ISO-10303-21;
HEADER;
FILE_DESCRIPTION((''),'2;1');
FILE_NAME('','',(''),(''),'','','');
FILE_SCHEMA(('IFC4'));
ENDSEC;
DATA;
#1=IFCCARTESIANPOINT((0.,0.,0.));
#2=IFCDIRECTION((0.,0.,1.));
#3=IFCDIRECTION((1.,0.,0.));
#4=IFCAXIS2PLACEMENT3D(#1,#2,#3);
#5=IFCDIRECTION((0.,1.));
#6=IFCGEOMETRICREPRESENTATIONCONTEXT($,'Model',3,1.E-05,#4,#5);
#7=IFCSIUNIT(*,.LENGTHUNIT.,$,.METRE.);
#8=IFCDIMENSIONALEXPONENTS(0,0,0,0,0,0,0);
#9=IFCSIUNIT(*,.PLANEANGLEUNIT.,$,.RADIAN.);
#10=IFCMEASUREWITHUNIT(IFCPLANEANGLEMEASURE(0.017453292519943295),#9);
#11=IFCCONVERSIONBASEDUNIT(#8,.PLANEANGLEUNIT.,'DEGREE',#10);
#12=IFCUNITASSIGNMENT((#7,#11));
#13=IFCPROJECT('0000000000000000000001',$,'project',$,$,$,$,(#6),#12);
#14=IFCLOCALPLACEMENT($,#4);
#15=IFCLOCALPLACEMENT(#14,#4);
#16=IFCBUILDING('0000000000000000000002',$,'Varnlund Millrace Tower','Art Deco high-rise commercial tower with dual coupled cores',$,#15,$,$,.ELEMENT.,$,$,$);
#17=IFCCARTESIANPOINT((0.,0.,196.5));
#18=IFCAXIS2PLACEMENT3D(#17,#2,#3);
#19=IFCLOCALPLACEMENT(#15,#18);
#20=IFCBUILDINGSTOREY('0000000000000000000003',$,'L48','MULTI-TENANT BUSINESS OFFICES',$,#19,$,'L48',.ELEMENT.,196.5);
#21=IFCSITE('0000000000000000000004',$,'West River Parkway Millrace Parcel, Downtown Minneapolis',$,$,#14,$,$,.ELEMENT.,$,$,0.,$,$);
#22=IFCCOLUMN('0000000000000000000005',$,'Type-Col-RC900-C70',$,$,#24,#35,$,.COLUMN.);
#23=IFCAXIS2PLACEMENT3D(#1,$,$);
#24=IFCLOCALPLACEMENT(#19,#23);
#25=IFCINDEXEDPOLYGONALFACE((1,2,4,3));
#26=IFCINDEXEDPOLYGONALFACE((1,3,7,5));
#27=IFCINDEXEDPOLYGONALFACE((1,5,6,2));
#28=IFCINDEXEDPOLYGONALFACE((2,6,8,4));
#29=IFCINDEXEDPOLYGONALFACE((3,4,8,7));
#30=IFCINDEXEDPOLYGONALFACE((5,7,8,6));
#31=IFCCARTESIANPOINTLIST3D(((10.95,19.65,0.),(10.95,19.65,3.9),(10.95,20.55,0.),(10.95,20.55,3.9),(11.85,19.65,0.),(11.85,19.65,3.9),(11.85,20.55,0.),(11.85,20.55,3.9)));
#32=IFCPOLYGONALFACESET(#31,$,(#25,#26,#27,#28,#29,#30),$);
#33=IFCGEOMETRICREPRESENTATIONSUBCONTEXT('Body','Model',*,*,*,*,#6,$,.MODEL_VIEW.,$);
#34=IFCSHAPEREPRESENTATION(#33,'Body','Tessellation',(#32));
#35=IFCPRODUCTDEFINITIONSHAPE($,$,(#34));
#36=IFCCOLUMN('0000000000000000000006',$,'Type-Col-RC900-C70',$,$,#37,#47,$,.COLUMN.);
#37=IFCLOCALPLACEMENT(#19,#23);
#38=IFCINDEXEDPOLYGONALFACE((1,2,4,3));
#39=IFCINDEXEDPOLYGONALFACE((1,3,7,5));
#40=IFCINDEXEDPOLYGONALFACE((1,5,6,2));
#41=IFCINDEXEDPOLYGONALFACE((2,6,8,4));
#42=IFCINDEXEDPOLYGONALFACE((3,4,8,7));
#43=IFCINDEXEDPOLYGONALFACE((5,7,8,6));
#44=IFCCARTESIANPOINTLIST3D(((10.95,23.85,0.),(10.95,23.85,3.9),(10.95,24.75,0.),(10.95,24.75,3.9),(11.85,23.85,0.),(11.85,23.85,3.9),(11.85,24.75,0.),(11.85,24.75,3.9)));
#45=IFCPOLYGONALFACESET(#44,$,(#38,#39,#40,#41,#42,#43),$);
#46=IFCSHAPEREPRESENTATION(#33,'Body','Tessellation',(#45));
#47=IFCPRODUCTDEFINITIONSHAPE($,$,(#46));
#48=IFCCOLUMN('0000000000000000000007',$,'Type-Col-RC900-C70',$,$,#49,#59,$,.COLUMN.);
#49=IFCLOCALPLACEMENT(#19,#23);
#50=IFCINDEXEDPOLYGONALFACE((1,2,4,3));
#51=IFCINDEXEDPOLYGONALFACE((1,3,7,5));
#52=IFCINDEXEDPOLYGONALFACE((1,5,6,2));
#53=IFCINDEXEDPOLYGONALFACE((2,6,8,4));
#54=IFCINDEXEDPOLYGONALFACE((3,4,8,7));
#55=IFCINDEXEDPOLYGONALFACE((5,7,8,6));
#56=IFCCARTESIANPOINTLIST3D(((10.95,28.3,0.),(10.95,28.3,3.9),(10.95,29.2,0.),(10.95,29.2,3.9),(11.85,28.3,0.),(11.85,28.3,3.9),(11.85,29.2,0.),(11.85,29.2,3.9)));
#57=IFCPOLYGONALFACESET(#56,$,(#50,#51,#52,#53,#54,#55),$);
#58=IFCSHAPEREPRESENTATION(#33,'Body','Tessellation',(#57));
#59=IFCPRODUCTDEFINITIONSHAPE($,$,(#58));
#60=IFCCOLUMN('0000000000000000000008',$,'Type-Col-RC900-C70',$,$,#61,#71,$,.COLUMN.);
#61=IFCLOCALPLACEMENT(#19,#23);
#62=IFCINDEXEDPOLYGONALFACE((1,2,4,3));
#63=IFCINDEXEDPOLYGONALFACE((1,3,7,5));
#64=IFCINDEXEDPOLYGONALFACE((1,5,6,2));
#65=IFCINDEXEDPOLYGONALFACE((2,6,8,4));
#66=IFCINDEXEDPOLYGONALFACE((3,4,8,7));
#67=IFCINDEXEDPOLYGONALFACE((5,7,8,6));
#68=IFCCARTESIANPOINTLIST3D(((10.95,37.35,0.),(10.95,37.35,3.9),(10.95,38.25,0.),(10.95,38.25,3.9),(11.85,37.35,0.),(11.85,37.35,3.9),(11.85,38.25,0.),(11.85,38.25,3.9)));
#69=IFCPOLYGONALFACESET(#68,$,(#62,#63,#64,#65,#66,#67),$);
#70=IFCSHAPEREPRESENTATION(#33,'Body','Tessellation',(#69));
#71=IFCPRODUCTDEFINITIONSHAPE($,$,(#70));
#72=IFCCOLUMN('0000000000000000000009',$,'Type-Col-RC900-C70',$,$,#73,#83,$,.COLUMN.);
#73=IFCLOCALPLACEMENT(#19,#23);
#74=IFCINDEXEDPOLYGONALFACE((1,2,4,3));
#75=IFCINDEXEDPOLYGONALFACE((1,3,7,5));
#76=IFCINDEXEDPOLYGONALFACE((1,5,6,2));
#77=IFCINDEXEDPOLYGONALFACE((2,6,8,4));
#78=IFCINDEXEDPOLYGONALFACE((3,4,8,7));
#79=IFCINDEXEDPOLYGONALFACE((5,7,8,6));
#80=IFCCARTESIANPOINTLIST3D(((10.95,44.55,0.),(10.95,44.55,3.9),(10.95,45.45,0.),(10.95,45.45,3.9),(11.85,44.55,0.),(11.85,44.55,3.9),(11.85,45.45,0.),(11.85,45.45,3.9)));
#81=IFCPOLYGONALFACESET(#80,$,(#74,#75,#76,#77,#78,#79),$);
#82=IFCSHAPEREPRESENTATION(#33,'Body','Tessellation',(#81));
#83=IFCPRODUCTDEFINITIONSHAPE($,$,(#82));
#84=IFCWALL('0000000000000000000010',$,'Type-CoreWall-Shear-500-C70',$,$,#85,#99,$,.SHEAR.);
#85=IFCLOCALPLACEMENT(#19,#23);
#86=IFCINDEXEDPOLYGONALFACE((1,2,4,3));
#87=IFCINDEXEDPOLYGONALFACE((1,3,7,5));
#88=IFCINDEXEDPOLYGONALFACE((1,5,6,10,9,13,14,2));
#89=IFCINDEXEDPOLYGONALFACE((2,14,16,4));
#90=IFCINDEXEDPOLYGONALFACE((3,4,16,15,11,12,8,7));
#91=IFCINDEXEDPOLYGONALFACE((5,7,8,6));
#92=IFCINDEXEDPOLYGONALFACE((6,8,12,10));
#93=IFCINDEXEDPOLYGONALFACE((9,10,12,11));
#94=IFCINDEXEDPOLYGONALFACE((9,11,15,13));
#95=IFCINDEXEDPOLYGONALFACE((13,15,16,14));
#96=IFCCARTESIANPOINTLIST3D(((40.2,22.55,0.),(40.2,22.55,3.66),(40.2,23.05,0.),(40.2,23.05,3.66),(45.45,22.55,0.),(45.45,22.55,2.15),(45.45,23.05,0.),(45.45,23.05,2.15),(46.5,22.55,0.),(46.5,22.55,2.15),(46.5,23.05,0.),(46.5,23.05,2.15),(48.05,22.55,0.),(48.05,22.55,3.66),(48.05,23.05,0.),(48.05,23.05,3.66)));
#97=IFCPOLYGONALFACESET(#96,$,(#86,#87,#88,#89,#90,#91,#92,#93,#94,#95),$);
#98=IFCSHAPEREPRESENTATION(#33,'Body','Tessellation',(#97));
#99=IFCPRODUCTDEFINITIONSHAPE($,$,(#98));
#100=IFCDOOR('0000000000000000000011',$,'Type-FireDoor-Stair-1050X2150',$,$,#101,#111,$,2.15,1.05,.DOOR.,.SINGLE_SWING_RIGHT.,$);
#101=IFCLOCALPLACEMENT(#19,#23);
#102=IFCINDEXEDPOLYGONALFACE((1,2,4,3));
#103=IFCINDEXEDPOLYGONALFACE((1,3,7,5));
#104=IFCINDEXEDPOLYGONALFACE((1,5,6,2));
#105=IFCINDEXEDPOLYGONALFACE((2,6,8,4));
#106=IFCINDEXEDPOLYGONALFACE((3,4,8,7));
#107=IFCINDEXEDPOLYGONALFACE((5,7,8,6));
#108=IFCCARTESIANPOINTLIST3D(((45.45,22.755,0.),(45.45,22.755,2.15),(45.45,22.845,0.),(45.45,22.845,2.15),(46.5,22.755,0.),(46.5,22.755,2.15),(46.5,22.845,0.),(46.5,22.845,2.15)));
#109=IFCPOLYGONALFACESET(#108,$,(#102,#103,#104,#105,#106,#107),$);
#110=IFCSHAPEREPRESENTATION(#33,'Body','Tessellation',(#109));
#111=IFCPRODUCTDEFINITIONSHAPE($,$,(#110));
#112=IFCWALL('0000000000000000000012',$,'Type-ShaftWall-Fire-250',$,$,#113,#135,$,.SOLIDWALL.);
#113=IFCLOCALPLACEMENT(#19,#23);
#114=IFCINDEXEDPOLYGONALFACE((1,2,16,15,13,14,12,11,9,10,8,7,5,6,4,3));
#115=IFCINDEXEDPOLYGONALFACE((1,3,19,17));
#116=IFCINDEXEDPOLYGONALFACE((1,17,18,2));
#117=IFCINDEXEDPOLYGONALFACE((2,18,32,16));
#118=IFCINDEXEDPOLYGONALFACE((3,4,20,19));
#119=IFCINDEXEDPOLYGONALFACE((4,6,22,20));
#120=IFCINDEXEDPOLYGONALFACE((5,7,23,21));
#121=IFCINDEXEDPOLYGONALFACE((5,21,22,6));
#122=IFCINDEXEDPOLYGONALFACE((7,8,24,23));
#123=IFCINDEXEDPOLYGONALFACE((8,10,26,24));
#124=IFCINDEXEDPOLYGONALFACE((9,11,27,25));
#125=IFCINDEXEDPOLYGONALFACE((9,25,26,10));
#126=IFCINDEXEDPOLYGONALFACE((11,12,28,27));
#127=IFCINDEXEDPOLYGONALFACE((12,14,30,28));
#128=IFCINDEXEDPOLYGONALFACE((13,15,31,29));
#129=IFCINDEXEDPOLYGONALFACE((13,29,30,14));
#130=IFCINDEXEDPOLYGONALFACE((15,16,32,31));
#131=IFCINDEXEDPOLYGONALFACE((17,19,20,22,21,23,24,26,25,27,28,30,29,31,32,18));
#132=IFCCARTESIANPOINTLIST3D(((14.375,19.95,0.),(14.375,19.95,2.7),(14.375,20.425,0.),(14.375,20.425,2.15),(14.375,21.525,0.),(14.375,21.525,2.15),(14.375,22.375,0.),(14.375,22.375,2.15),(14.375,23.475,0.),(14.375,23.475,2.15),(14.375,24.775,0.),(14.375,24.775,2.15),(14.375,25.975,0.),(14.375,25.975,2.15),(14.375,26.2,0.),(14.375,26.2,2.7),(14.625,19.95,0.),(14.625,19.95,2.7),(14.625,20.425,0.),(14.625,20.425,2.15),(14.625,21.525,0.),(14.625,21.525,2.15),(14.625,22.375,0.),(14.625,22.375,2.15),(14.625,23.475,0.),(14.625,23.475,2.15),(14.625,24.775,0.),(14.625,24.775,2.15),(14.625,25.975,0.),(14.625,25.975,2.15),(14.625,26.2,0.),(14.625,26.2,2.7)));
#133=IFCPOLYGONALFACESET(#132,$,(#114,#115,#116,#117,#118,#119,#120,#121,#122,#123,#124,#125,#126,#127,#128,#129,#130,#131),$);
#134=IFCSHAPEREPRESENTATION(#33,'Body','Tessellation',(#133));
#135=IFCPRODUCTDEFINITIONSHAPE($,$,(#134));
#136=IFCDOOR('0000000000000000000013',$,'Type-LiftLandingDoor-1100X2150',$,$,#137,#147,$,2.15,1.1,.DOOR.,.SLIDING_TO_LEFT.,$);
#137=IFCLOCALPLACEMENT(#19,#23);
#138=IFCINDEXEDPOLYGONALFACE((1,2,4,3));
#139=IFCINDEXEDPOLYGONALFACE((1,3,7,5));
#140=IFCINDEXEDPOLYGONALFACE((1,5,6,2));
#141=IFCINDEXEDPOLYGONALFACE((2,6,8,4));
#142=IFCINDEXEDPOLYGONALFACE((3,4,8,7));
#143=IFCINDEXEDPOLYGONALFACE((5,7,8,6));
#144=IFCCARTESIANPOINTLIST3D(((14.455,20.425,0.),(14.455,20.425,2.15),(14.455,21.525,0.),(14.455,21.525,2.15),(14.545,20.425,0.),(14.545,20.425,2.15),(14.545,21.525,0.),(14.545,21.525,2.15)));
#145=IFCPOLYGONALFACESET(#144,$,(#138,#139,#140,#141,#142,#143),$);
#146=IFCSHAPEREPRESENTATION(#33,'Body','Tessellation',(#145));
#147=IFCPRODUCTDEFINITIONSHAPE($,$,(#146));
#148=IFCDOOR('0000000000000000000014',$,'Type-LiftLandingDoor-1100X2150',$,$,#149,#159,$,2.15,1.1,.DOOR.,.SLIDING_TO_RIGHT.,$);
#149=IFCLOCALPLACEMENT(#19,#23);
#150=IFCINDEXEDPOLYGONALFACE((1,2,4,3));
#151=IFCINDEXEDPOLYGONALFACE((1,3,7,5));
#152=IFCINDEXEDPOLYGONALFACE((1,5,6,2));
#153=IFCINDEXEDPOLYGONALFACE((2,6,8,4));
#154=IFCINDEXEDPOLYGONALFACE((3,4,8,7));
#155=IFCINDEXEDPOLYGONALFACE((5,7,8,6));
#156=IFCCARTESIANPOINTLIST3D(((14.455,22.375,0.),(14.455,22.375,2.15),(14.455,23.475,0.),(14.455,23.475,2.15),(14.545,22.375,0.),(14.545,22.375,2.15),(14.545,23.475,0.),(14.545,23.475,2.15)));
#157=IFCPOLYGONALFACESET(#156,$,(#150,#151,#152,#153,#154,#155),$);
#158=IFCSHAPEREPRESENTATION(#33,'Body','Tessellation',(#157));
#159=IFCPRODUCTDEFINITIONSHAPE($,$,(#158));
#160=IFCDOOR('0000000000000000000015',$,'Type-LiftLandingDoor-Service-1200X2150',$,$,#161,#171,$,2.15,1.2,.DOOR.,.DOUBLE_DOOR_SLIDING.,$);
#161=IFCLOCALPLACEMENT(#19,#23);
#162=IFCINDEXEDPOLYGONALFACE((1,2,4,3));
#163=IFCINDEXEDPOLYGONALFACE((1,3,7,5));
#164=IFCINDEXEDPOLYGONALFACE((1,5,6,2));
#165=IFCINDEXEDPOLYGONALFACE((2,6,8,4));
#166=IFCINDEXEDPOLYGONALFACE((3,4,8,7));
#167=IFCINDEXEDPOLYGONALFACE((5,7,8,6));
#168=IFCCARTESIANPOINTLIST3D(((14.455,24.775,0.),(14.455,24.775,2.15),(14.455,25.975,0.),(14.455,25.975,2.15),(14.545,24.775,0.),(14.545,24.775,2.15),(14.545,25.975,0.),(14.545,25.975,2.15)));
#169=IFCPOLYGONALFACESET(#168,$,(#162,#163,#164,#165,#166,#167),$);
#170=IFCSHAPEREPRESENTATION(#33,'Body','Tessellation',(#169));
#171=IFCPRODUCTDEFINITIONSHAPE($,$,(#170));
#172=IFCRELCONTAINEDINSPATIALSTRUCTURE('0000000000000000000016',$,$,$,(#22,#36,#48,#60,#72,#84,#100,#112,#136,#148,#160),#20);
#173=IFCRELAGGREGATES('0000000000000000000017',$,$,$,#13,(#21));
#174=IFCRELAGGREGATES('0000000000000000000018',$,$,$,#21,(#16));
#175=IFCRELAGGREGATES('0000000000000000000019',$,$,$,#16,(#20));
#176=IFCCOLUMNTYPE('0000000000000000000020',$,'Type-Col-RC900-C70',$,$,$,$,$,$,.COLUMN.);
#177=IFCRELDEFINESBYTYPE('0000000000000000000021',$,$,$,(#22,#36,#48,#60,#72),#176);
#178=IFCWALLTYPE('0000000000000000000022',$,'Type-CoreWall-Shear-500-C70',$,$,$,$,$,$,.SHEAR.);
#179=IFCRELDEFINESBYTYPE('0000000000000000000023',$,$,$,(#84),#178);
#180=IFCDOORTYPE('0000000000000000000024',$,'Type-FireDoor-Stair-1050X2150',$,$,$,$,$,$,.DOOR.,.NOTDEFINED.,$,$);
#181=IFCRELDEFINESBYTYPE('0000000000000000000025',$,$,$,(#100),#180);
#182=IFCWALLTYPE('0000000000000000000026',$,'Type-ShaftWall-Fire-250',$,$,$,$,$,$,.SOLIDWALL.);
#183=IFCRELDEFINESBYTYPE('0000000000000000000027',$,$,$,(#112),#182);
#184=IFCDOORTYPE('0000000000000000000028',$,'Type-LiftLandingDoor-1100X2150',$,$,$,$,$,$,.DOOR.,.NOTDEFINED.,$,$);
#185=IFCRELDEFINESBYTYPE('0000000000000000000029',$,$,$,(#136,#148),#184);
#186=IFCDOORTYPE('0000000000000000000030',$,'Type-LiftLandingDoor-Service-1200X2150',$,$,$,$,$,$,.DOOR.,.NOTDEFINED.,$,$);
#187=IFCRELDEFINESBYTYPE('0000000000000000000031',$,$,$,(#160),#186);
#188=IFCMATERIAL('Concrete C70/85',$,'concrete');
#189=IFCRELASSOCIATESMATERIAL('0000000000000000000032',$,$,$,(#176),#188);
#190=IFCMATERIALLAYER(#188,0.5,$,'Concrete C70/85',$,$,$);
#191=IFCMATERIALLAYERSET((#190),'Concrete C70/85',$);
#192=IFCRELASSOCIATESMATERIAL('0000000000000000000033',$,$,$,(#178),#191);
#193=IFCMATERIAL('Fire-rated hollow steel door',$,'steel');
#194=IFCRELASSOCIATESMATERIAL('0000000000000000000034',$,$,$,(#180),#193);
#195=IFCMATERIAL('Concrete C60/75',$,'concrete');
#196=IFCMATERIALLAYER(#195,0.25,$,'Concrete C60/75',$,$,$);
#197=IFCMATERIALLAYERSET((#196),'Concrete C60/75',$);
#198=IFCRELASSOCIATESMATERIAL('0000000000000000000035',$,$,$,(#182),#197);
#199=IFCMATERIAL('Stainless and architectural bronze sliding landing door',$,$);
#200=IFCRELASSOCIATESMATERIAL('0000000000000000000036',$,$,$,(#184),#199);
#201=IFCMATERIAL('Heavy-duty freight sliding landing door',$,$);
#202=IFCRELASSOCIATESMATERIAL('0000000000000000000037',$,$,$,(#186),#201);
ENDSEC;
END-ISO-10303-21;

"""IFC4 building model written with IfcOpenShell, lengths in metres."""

from ifc_helpers import new_model, entity, si_unit, converted_unit, direction, frame, origin_with_axes, origin_2d_with_axis, place, context, subcontext, project, spatial, polyline, rectangle, outline, extrude, material, layer, layer_set, material_profile, profile_set, type_object, element, fill, save


model = new_model("IFC4")

# Units and contexts
model_context = context("Model", 3, precision=1e-05, world=origin_with_axes(), true_north=direction((0.0, 1.0)))
body_context = subcontext(model_context, "Body", "Model", "MODEL_VIEW")
ifc_project = project(units=[si_unit("LENGTHUNIT", "METRE"), converted_unit("PLANEANGLEUNIT", "DEGREE", entity("IfcPlaneAngleMeasure", 0.017453292519943295), si_unit("PLANEANGLEUNIT", "RADIAN"), dimensions=[0, 0, 0, 0, 0, 0, 0])], contexts=[model_context])

# Site, building, storey
site_placement = place(None, origin_with_axes())
site = spatial("IfcSite", under=ifc_project, at=site_placement, Name="West River Parkway Millrace Parcel, Downtown Minneapolis", CompositionType="ELEMENT", RefElevation=0.0)
building_placement = place(site_placement, origin_with_axes())
building = spatial("IfcBuilding", under=site, at=building_placement, Name="Varnlund Millrace Tower", Description="Art Deco high-rise commercial tower with dual coupled cores", CompositionType="ELEMENT")
storey_placement = place(building_placement, frame((0.0, 0.0, 196.5), z_axis=(0.0, 0.0, 1.0), x_axis=(1.0, 0.0, 0.0)))
storey = spatial("IfcBuildingStorey", under=building, at=storey_placement, Name="L48", Description="MULTI-TENANT BUSINESS OFFICES", LongName="L48", CompositionType="ELEMENT", Elevation=196.5)

# Columns
ifc_material_1 = material(Name="Concrete C70/85", Category="concrete")
ifc_material_profile = material_profile(ifc_material_1, rectangle(XDim=0.9, YDim=0.9, at=origin_2d_with_axis()), Name="Concrete C70/85")
ifc_profile_set = profile_set([ifc_material_profile], Name="Concrete C70/85")
column_type = type_object("IfcColumnType", Name="Type-Col-RC900-C70", PredefinedType="COLUMN", material=ifc_profile_set)
for number, where, z_axis, x_axis, name in (
    (1, (11.4, 20.1, 0.0), (0.0, 0.0, 1.0), (1.0, 0.0, 0.0), "Type-Col-RC900-C70"),
    (2, (11.4, 24.3, 0.0), (0.0, 0.0, 1.0), (1.0, 0.0, 0.0), "Type-Col-RC900-C70"),
    (3, (11.4, 28.75, 0.0), (0.0, 0.0, 1.0), (1.0, 0.0, 0.0), "Type-Col-RC900-C70"),
    (4, (11.4, 37.8, 0.0), (0.0, 0.0, 1.0), (1.0, 0.0, 0.0), "Type-Col-RC900-C70"),
    (5, (11.4, 45.0, 0.0), (0.0, 0.0, 1.0), (1.0, 0.0, 0.0), "Type-Col-RC900-C70"),
):
    element("IfcColumn", number, at=place(storey_placement, frame(where, z_axis=z_axis, x_axis=x_axis)), inside=storey, type_object=column_type, Name=name, PredefinedType="COLUMN", context=body_context, shape_type="SweptSolid", body=[
        extrude(rectangle(XDim=0.9, YDim=0.9, at=origin_2d_with_axis()), origin_with_axes(), (0.0, 0.0, 1.0), 3.9),
    ])

# Wall, opening, door
ifc_layer_1 = layer(ifc_material_1, 0.5, Name="Concrete C70/85")
ifc_layer_set_1 = layer_set([ifc_layer_1], Name="Concrete C70/85")
wall_type_1 = type_object("IfcWallType", Name="Type-CoreWall-Shear-500-C70", PredefinedType="SHEAR", material=ifc_layer_set_1)
wall_1_placement = place(storey_placement, frame((40.2, 22.8, 0.0), z_axis=(0.0, 0.0, 1.0), x_axis=(1.0, 0.0, 0.0)))
wall_1 = element("IfcWall", 6, at=wall_1_placement, inside=storey, type_object=wall_type_1, Name="Type-CoreWall-Shear-500-C70", PredefinedType="SHEAR", context=body_context, shape_type="SweptSolid", body=[
    extrude(outline(polyline([(0.0, -0.25), (7.85, -0.25), (7.85, 0.25), (0.0, 0.25), (0.0, -0.25)])), origin_with_axes(), (0.0, 0.0, 1.0), 3.66),
])
opening_1_placement = place(wall_1_placement, frame((5.775, 0.0, 0.0), z_axis=(0.0, 0.0, 1.0), x_axis=(1.0, 0.0, 0.0)))
opening_1 = element("IfcOpeningElement", 7, at=opening_1_placement, cuts=wall_1, PredefinedType="OPENING", context=body_context, shape_type="SweptSolid", body=[
    extrude(rectangle(XDim=1.05, YDim=0.52, at=origin_2d_with_axis()), origin_with_axes(), (0.0, 0.0, 1.0), 2.15),
])
ifc_material_2 = material(Name="Fire-rated hollow steel door", Category="steel")
door_type_1 = type_object("IfcDoorType", Name="Type-FireDoor-Stair-1050X2150", OperationType="NOTDEFINED", PredefinedType="DOOR", material=ifc_material_2)
door_1_placement = place(wall_1_placement, frame((5.775, 0.0, 0.0), z_axis=(0.0, 0.0, 1.0), x_axis=(1.0, 0.0, 0.0)))
door_1 = element("IfcDoor", 8, at=door_1_placement, inside=storey, type_object=door_type_1, Name="Type-FireDoor-Stair-1050X2150", OperationType="SINGLE_SWING_RIGHT", OverallHeight=2.15, OverallWidth=1.05, PredefinedType="DOOR", context=body_context, shape_type="SweptSolid", body=[
    extrude(rectangle(XDim=1.05, YDim=0.09, at=origin_2d_with_axis()), origin_with_axes(), (0.0, 0.0, 1.0), 2.15),
])
fill(opening_1, door_1)

# Wall, openings, doors
ifc_material_3 = material(Name="Concrete C60/75", Category="concrete")
ifc_layer_2 = layer(ifc_material_3, 0.25, Name="Concrete C60/75")
ifc_layer_set_2 = layer_set([ifc_layer_2], Name="Concrete C60/75")
wall_type_2 = type_object("IfcWallType", Name="Type-ShaftWall-Fire-250", PredefinedType="SOLIDWALL", material=ifc_layer_set_2)
wall_2_placement = place(storey_placement, frame((14.5, 19.95, 0.0), z_axis=(0.0, 0.0, 1.0), x_axis=(0.0, 1.0, 0.0)))
wall_2 = element("IfcWall", 9, at=wall_2_placement, inside=storey, type_object=wall_type_2, Name="Type-ShaftWall-Fire-250", PredefinedType="SOLIDWALL", context=body_context, shape_type="SweptSolid", body=[
    extrude(outline(polyline([(0.0, -0.125), (6.25, -0.125), (6.25, 0.125), (0.0, 0.125), (0.0, -0.125)])), origin_with_axes(), (0.0, 0.0, 1.0), 2.7),
])
opening_2_placement = place(wall_2_placement, frame((1.025, 0.0, 0.0), z_axis=(0.0, 0.0, 1.0), x_axis=(1.0, 0.0, 0.0)))
opening_2 = element("IfcOpeningElement", 10, at=opening_2_placement, cuts=wall_2, PredefinedType="OPENING", context=body_context, shape_type="SweptSolid", body=[
    extrude(rectangle(XDim=1.1, YDim=0.27, at=origin_2d_with_axis()), origin_with_axes(), (0.0, 0.0, 1.0), 2.15),
])
opening_3_placement = place(wall_2_placement, frame((2.975, 0.0, 0.0), z_axis=(0.0, 0.0, 1.0), x_axis=(1.0, 0.0, 0.0)))
opening_3 = element("IfcOpeningElement", 11, at=opening_3_placement, cuts=wall_2, PredefinedType="OPENING", context=body_context, shape_type="SweptSolid", body=[
    extrude(rectangle(XDim=1.1, YDim=0.27, at=origin_2d_with_axis()), origin_with_axes(), (0.0, 0.0, 1.0), 2.15),
])
opening_4_placement = place(wall_2_placement, frame((5.425, 0.0, 0.0), z_axis=(0.0, 0.0, 1.0), x_axis=(1.0, 0.0, 0.0)))
opening_4 = element("IfcOpeningElement", 12, at=opening_4_placement, cuts=wall_2, PredefinedType="OPENING", context=body_context, shape_type="SweptSolid", body=[
    extrude(rectangle(XDim=1.2, YDim=0.27, at=origin_2d_with_axis()), origin_with_axes(), (0.0, 0.0, 1.0), 2.15),
])
ifc_material_4 = material(Name="Stainless and architectural bronze sliding landing door")
door_type_2 = type_object("IfcDoorType", Name="Type-LiftLandingDoor-1100X2150", OperationType="NOTDEFINED", PredefinedType="DOOR", material=ifc_material_4)
door_2_placement = place(wall_2_placement, frame((1.025, 0.0, 0.0), z_axis=(0.0, 0.0, 1.0), x_axis=(1.0, 0.0, 0.0)))
door_2 = element("IfcDoor", 13, at=door_2_placement, inside=storey, type_object=door_type_2, Name="Type-LiftLandingDoor-1100X2150", OperationType="SLIDING_TO_LEFT", OverallHeight=2.15, OverallWidth=1.1, PredefinedType="DOOR", context=body_context, shape_type="SweptSolid", body=[
    extrude(rectangle(XDim=1.1, YDim=0.09, at=origin_2d_with_axis()), origin_with_axes(), (0.0, 0.0, 1.0), 2.15),
])
fill(opening_2, door_2)
door_3_placement = place(wall_2_placement, frame((2.975, 0.0, 0.0), z_axis=(0.0, 0.0, 1.0), x_axis=(1.0, 0.0, 0.0)))
door_3 = element("IfcDoor", 14, at=door_3_placement, inside=storey, type_object=door_type_2, Name="Type-LiftLandingDoor-1100X2150", OperationType="SLIDING_TO_RIGHT", OverallHeight=2.15, OverallWidth=1.1, PredefinedType="DOOR", context=body_context, shape_type="SweptSolid", body=[
    extrude(rectangle(XDim=1.1, YDim=0.09, at=origin_2d_with_axis()), origin_with_axes(), (0.0, 0.0, 1.0), 2.15),
])
fill(opening_3, door_3)
ifc_material_5 = material(Name="Heavy-duty freight sliding landing door")
door_type_3 = type_object("IfcDoorType", Name="Type-LiftLandingDoor-Service-1200X2150", OperationType="NOTDEFINED", PredefinedType="DOOR", material=ifc_material_5)
door_4_placement = place(wall_2_placement, frame((5.425, 0.0, 0.0), z_axis=(0.0, 0.0, 1.0), x_axis=(1.0, 0.0, 0.0)))
door_4 = element("IfcDoor", 15, at=door_4_placement, inside=storey, type_object=door_type_3, Name="Type-LiftLandingDoor-Service-1200X2150", OperationType="DOUBLE_DOOR_SLIDING", OverallHeight=2.15, OverallWidth=1.2, PredefinedType="DOOR", context=body_context, shape_type="SweptSolid", body=[
    extrude(rectangle(XDim=1.2, YDim=0.09, at=origin_2d_with_axis()), origin_with_axes(), (0.0, 0.0, 1.0), 2.15),
])
fill(opening_4, door_4)

save(model, "model.ifc")
